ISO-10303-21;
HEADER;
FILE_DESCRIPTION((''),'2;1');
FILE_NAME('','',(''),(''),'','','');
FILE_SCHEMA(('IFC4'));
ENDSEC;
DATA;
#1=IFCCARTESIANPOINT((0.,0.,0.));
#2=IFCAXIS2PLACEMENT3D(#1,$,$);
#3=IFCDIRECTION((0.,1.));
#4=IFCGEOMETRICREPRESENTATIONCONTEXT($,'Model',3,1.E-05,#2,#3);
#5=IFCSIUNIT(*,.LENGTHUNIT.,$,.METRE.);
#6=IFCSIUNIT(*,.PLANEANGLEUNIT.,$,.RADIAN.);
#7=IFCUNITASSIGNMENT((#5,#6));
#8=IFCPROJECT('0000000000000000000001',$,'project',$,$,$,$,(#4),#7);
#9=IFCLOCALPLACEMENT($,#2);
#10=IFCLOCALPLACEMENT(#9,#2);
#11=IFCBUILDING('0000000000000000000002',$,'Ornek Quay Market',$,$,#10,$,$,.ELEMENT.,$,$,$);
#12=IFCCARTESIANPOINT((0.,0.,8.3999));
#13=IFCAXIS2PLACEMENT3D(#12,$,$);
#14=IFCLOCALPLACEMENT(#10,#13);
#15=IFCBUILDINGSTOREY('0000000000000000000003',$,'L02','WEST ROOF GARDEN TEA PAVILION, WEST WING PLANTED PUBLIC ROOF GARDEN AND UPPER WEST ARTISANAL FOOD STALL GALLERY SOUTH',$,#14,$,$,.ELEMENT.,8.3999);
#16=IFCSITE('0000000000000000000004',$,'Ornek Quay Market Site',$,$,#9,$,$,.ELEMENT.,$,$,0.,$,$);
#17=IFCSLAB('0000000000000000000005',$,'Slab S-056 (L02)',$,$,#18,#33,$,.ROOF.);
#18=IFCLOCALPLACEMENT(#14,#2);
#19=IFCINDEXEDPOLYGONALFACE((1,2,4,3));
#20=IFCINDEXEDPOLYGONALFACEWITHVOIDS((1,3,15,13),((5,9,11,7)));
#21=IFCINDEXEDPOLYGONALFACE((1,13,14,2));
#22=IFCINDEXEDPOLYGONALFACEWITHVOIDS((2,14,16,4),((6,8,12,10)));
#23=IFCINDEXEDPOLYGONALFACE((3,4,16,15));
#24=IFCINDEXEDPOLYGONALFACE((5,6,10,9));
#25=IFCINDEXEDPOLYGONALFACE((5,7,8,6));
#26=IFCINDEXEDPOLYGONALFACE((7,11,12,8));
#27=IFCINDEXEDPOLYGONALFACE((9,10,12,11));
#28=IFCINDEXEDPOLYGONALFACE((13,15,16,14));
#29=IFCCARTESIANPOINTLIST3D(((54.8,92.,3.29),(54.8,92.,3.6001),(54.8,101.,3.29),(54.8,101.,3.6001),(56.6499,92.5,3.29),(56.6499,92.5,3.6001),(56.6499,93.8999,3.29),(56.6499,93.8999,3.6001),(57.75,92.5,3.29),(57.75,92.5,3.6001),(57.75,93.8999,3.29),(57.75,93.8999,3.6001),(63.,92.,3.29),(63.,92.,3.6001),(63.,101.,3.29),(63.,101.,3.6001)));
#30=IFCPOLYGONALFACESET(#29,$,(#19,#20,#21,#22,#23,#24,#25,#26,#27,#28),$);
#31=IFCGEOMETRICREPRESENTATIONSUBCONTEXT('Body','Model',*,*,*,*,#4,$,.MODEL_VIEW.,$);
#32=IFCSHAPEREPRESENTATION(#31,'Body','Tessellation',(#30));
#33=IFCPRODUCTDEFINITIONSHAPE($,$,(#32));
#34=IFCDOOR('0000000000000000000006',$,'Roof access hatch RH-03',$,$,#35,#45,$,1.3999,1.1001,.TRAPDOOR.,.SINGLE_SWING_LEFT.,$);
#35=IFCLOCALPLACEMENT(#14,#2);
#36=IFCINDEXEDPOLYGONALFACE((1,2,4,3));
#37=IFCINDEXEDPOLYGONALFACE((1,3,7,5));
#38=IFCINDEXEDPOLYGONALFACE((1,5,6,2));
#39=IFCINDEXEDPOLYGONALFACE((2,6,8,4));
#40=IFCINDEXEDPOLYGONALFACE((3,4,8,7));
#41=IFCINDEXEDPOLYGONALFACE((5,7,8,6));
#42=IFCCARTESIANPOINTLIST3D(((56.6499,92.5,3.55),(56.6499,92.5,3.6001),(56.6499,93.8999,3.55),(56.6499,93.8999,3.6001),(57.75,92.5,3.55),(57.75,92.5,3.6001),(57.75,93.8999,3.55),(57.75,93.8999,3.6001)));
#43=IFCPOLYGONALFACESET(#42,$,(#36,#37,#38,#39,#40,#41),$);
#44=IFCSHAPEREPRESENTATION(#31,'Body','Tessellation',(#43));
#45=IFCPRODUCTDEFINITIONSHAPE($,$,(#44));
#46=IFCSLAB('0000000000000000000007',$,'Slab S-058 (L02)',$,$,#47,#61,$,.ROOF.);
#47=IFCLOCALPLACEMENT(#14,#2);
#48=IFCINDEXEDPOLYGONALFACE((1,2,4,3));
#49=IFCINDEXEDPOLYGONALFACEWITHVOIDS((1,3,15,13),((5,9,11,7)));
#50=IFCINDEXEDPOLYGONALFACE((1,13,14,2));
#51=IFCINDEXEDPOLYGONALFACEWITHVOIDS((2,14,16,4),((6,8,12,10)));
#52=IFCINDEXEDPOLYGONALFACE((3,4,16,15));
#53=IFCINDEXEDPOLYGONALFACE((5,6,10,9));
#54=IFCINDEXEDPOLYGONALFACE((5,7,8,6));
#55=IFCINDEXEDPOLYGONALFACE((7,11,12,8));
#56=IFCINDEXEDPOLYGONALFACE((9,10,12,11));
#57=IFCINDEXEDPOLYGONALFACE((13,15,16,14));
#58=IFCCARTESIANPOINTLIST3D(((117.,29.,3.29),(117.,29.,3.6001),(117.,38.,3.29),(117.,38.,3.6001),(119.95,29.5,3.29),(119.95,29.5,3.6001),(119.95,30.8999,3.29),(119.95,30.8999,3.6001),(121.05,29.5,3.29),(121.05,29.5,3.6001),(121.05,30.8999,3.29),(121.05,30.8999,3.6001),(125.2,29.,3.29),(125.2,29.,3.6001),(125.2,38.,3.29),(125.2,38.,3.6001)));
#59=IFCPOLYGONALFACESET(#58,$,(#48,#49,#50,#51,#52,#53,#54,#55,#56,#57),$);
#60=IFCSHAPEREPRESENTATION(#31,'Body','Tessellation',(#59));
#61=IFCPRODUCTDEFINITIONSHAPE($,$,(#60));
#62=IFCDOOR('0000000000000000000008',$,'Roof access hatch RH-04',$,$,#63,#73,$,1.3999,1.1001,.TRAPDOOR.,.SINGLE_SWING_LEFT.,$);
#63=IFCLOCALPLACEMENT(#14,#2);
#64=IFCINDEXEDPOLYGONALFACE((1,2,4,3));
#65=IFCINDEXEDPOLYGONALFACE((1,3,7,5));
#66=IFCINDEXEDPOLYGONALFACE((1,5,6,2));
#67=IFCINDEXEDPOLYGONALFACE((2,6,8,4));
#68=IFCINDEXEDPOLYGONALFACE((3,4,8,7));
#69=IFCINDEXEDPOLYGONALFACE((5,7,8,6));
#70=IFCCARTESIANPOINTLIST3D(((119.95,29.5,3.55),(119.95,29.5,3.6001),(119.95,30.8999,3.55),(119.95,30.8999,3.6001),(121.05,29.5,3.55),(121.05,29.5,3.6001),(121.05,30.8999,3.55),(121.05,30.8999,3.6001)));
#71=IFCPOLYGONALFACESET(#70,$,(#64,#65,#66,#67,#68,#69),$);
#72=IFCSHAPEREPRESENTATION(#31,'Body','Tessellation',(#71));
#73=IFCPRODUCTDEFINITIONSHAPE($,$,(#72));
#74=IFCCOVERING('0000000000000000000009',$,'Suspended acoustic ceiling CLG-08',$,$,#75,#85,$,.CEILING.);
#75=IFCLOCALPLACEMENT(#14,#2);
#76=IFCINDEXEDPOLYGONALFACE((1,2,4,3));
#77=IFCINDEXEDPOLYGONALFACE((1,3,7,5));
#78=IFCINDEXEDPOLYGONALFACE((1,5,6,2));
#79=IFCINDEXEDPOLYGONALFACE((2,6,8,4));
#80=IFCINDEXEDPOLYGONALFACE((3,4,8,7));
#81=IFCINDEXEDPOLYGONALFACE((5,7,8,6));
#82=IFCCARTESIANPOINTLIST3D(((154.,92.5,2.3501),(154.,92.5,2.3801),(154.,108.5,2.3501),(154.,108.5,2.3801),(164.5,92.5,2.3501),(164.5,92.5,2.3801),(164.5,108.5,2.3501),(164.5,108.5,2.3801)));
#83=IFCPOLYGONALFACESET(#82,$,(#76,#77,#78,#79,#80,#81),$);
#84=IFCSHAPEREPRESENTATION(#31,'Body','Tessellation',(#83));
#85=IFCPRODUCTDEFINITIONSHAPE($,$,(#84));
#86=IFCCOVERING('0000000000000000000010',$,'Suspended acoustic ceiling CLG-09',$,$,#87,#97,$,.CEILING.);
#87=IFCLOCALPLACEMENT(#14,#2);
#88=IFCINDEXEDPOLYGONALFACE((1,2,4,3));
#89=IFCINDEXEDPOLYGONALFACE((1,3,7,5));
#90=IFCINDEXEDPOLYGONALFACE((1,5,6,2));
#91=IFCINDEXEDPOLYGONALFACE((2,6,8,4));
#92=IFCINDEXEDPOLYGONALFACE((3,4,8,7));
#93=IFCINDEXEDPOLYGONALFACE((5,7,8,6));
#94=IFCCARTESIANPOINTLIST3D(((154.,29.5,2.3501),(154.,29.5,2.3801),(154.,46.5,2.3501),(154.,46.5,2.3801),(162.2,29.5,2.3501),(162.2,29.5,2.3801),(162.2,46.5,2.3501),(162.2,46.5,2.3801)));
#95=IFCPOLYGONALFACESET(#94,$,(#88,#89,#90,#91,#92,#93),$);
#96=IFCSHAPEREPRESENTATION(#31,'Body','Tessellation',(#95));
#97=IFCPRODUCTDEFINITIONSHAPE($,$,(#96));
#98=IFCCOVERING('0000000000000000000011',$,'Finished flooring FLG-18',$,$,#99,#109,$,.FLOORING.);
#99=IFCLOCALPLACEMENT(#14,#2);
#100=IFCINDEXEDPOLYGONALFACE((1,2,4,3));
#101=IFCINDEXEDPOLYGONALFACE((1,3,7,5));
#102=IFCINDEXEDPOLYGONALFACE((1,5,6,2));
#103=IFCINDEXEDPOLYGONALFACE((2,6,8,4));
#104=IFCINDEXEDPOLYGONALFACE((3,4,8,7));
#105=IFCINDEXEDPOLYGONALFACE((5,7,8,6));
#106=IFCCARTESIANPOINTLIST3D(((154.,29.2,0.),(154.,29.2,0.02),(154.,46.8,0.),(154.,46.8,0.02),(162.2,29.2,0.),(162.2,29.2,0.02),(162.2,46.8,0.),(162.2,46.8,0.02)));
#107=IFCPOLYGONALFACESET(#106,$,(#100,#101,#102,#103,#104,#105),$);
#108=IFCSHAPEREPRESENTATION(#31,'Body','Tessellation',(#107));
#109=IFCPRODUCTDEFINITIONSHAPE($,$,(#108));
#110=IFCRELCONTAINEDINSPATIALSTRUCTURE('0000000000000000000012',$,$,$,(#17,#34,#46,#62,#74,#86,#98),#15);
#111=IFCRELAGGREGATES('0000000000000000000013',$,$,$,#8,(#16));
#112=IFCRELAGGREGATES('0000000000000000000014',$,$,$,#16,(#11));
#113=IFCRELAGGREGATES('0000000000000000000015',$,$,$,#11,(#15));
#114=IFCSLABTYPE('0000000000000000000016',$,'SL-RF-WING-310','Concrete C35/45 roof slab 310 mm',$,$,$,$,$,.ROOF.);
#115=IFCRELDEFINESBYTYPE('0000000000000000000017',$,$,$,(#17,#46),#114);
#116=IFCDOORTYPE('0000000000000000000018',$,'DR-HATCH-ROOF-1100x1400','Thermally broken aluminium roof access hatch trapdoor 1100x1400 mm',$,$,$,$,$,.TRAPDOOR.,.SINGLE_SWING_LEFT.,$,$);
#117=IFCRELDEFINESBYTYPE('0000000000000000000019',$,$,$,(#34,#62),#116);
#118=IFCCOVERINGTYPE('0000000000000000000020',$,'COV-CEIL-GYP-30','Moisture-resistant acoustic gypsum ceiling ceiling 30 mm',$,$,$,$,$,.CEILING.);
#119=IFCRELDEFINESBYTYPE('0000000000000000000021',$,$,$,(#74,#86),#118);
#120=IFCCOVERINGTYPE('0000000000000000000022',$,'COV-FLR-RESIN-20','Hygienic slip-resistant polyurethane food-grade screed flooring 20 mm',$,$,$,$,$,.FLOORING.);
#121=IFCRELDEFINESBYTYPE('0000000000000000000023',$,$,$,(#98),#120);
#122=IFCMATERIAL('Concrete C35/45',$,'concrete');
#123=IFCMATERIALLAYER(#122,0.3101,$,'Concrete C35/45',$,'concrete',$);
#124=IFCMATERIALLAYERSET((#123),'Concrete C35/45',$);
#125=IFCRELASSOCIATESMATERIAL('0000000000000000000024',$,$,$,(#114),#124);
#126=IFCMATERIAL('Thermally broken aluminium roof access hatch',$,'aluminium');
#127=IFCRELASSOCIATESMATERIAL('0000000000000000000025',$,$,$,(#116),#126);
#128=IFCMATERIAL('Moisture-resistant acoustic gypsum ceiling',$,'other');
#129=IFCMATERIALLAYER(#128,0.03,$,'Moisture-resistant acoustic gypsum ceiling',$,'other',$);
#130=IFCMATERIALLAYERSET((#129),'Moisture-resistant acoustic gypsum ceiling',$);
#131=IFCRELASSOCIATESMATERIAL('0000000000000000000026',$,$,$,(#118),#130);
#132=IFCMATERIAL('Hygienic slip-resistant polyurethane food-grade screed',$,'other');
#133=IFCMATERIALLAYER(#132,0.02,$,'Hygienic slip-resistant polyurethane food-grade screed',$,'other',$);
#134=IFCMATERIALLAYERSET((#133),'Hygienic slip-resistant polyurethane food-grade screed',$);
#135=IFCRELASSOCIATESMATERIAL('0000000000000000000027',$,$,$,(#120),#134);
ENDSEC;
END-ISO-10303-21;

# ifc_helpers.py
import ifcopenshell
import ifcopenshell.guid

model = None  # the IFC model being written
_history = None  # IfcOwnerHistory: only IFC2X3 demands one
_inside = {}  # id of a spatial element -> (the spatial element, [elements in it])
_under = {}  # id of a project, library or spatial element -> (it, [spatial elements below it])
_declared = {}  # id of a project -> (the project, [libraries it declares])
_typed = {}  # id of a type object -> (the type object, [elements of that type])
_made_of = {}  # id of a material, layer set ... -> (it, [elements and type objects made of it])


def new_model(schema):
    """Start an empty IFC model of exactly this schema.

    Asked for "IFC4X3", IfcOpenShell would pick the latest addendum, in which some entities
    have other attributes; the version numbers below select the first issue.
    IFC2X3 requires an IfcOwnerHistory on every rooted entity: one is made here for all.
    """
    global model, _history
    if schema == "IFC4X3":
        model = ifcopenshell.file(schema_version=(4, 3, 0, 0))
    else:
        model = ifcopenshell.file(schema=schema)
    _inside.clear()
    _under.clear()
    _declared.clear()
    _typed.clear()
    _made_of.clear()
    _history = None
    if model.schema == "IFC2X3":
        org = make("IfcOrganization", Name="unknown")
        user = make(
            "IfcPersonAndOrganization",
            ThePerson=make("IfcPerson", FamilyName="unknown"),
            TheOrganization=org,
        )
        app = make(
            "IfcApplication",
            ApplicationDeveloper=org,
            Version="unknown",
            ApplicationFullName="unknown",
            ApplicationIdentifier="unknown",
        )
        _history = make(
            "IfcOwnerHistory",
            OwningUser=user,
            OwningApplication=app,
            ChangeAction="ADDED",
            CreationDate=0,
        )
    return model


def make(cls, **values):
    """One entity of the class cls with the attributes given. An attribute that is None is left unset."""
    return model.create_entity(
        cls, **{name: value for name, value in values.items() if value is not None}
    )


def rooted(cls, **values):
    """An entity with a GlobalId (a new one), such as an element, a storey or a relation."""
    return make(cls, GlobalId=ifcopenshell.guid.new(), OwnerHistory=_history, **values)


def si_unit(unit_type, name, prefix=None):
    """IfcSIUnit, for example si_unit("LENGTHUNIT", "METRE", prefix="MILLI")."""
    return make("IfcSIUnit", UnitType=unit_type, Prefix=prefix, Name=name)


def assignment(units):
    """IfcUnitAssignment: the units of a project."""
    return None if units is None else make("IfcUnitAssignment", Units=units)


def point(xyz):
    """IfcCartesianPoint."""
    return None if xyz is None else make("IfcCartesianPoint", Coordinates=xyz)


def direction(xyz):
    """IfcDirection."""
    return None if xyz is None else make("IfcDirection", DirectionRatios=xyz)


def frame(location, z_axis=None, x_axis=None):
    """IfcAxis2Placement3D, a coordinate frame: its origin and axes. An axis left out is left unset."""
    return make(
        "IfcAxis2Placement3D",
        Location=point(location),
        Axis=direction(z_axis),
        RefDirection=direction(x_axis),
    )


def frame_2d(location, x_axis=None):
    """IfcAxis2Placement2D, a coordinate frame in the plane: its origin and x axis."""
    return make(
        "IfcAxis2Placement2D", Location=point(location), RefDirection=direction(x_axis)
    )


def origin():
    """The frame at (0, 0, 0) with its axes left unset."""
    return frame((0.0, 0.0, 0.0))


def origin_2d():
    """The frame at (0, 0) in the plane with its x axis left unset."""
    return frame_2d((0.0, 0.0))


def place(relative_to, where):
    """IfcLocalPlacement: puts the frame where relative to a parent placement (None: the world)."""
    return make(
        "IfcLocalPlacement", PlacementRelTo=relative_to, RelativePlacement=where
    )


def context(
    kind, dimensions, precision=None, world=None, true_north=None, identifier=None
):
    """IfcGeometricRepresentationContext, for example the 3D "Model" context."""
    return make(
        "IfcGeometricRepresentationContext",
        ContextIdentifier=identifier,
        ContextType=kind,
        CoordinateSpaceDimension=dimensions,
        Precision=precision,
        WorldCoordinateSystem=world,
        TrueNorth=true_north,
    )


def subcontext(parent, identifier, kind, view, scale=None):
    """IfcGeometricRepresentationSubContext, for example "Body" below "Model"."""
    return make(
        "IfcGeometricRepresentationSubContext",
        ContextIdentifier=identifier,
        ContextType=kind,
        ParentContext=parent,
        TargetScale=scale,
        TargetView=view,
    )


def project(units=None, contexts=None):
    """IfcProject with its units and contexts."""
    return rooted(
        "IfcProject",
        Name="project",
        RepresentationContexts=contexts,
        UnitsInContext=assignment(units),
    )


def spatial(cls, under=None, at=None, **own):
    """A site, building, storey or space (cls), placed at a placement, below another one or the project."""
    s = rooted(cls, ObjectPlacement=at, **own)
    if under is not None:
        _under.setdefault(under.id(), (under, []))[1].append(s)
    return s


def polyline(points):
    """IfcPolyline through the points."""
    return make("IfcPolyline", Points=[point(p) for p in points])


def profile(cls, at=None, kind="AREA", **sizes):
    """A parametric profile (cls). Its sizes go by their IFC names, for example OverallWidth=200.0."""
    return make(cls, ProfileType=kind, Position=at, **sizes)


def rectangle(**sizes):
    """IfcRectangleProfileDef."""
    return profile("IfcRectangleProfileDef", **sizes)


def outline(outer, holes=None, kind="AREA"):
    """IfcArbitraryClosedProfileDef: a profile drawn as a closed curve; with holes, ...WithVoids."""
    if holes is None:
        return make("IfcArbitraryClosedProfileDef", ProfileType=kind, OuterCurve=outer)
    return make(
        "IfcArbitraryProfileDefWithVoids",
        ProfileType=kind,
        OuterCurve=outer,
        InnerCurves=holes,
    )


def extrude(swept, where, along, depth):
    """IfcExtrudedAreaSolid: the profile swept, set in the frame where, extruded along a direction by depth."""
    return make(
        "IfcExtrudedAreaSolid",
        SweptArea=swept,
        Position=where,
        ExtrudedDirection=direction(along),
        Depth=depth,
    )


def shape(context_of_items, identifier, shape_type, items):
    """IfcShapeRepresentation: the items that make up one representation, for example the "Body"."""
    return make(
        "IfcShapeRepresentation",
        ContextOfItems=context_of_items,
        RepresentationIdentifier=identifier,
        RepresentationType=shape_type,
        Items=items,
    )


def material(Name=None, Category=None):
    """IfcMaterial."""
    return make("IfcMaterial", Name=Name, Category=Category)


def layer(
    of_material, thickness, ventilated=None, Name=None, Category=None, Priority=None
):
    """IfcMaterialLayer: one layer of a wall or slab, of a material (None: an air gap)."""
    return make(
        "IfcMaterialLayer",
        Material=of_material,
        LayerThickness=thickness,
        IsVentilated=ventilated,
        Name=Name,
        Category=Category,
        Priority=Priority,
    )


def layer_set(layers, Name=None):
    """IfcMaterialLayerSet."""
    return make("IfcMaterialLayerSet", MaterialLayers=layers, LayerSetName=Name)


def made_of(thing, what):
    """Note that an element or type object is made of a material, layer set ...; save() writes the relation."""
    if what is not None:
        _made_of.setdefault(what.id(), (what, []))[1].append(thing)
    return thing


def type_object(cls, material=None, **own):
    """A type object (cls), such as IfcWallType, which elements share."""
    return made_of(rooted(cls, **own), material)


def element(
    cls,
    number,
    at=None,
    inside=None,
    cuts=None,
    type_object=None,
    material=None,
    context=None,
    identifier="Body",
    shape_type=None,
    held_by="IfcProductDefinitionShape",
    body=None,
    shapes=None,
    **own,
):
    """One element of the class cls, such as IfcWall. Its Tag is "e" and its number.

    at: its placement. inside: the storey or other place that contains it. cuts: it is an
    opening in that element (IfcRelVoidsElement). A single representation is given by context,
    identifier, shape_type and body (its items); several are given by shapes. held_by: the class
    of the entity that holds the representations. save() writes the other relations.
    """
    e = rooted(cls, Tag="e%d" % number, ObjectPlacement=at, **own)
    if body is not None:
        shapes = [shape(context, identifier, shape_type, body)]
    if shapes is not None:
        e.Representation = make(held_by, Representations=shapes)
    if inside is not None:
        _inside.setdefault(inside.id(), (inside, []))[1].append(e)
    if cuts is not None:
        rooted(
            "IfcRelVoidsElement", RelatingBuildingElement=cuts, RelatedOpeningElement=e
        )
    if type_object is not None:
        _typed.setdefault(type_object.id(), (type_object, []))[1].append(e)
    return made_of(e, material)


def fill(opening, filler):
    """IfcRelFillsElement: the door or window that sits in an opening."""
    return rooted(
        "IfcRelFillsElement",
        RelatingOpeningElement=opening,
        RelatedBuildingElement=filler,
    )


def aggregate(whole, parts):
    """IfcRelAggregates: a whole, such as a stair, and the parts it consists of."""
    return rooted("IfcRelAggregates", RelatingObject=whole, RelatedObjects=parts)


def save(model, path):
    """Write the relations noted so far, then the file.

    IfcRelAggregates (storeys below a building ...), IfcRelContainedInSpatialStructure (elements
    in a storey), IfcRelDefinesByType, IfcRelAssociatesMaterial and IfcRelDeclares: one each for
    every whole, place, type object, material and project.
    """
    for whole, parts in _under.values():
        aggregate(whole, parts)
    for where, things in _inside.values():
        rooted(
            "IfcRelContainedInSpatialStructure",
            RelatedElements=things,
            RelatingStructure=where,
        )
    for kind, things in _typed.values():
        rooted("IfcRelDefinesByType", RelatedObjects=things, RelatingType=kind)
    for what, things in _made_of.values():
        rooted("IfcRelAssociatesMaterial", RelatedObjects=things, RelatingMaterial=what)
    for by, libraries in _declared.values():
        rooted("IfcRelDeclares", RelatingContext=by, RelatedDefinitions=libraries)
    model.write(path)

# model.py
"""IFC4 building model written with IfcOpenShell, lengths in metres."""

from ifc_helpers import new_model, si_unit, direction, frame, origin, origin_2d, place, context, subcontext, project, spatial, polyline, rectangle, outline, extrude, material, layer, layer_set, type_object, element, fill, save


model = new_model("IFC4")

# Units and contexts
model_context = context("Model", 3, precision=1e-05, world=origin(), true_north=direction((0.0, 1.0)))
body_context = subcontext(model_context, "Body", "Model", "MODEL_VIEW")
ifc_project = project(units=[si_unit("LENGTHUNIT", "METRE"), si_unit("PLANEANGLEUNIT", "RADIAN")], contexts=[model_context])

# Site, building, storey
site_placement = place(None, origin())
site = spatial("IfcSite", under=ifc_project, at=site_placement, Name="Ornek Quay Market Site", CompositionType="ELEMENT", RefElevation=0.0)
building_placement = place(site_placement, origin())
building = spatial("IfcBuilding", under=site, at=building_placement, Name="Ornek Quay Market", CompositionType="ELEMENT")
storey_placement = place(building_placement, frame((0.0, 0.0, 8.3999)))
storey = spatial("IfcBuildingStorey", under=building, at=storey_placement, Name="L02", Description="WEST ROOF GARDEN TEA PAVILION, WEST WING PLANTED PUBLIC ROOF GARDEN AND UPPER WEST ARTISANAL FOOD STALL GALLERY SOUTH", CompositionType="ELEMENT", Elevation=8.3999)

# Shared definitions
ifc_material_1 = material(Name="Concrete C35/45", Category="concrete")

# Shared definitions
ifc_layer_1 = layer(ifc_material_1, 0.3101, Name="Concrete C35/45", Category="concrete")
ifc_layer_set_1 = layer_set([ifc_layer_1], Name="Concrete C35/45")
slab_type_1 = type_object("IfcSlabType", Name="SL-RF-WING-310", Description="Concrete C35/45 roof slab 310 mm", PredefinedType="ROOF", material=ifc_layer_set_1)
ifc_material_2 = material(Name="Thermally broken aluminium roof access hatch", Category="aluminium")
door_type = type_object("IfcDoorType", Name="DR-HATCH-ROOF-1100x1400", Description="Thermally broken aluminium roof access hatch trapdoor 1100x1400 mm", OperationType="SINGLE_SWING_LEFT", PredefinedType="TRAPDOOR", material=ifc_material_2)

# Slabs, openings, doors
slab_1_placement = place(storey_placement, frame((0.0, 0.0, 3.29)))
slab_1 = element("IfcSlab", 1, at=slab_1_placement, inside=storey, type_object=slab_type_1, Name="Slab S-056 (L02)", PredefinedType="ROOF", context=body_context, shape_type="SweptSolid", body=[
    extrude(outline(polyline([(54.8, 92.0), (63.0, 92.0), (63.0, 101.0), (54.8, 101.0), (54.8, 92.0)]), holes=[polyline([(56.6499, 92.5), (57.75, 92.5), (57.75, 93.8999), (56.6499, 93.8999), (56.6499, 92.5)])]), origin(), (0.0, 0.0, 1.0), 0.3101),
])
opening_1_placement = place(slab_1_placement, frame((57.2, 93.2, -0.01)))
opening_1 = element("IfcOpeningElement", 2, at=opening_1_placement, cuts=slab_1, PredefinedType="OPENING", context=body_context, shape_type="SweptSolid", body=[
    extrude(rectangle(XDim=1.1001, YDim=1.3999, at=origin_2d()), origin(), (0.0, 0.0, 1.0), 0.3301),
])
door_1_placement = place(opening_1_placement, frame((0.0, 0.0, 0.27)))
door_1 = element("IfcDoor", 3, at=door_1_placement, inside=storey, type_object=door_type, Name="Roof access hatch RH-03", OperationType="SINGLE_SWING_LEFT", OverallHeight=1.3999, OverallWidth=1.1001, PredefinedType="TRAPDOOR", context=body_context, shape_type="SweptSolid", body=[
    extrude(rectangle(XDim=1.1001, YDim=1.3999, at=origin_2d()), origin(), (0.0, 0.0, 1.0), 0.05),
])
fill(opening_1, door_1)
slab_2_placement = place(storey_placement, frame((0.0, 0.0, 3.29)))
slab_2 = element("IfcSlab", 4, at=slab_2_placement, inside=storey, type_object=slab_type_1, Name="Slab S-058 (L02)", PredefinedType="ROOF", context=body_context, shape_type="SweptSolid", body=[
    extrude(outline(polyline([(117.0, 29.0), (125.2, 29.0), (125.2, 38.0), (117.0, 38.0), (117.0, 29.0)]), holes=[polyline([(119.95, 29.5), (121.05, 29.5), (121.05, 30.8999), (119.95, 30.8999), (119.95, 29.5)])]), origin(), (0.0, 0.0, 1.0), 0.3101),
])
opening_2_placement = place(slab_2_placement, frame((120.5, 30.2, -0.01)))
opening_2 = element("IfcOpeningElement", 5, at=opening_2_placement, cuts=slab_2, PredefinedType="OPENING", context=body_context, shape_type="SweptSolid", body=[
    extrude(rectangle(XDim=1.1001, YDim=1.3999, at=origin_2d()), origin(), (0.0, 0.0, 1.0), 0.3301),
])
door_2_placement = place(opening_2_placement, frame((0.0, 0.0, 0.27)))
door_2 = element("IfcDoor", 6, at=door_2_placement, inside=storey, type_object=door_type, Name="Roof access hatch RH-04", OperationType="SINGLE_SWING_LEFT", OverallHeight=1.3999, OverallWidth=1.1001, PredefinedType="TRAPDOOR", context=body_context, shape_type="SweptSolid", body=[
    extrude(rectangle(XDim=1.1001, YDim=1.3999, at=origin_2d()), origin(), (0.0, 0.0, 1.0), 0.05),
])
fill(opening_2, door_2)

# Coverings
ifc_material_3 = material(Name="Moisture-resistant acoustic gypsum ceiling", Category="other")
ifc_layer_2 = layer(ifc_material_3, 0.03, Name="Moisture-resistant acoustic gypsum ceiling", Category="other")
ifc_layer_set_2 = layer_set([ifc_layer_2], Name="Moisture-resistant acoustic gypsum ceiling")
covering_type_1 = type_object("IfcCoveringType", Name="COV-CEIL-GYP-30", Description="Moisture-resistant acoustic gypsum ceiling ceiling 30 mm", PredefinedType="CEILING", material=ifc_layer_set_2)
covering_1_placement = place(storey_placement, frame((0.0, 0.0, 2.3501)))
element("IfcCovering", 7, at=covering_1_placement, inside=storey, type_object=covering_type_1, Name="Suspended acoustic ceiling CLG-08", PredefinedType="CEILING", context=body_context, shape_type="SweptSolid", body=[
    extrude(outline(polyline([(154.0, 92.5), (164.5, 92.5), (164.5, 108.5), (154.0, 108.5), (154.0, 92.5)])), origin(), (0.0, 0.0, 1.0), 0.03),
])
covering_2_placement = place(storey_placement, frame((0.0, 0.0, 2.3501)))
element("IfcCovering", 8, at=covering_2_placement, inside=storey, type_object=covering_type_1, Name="Suspended acoustic ceiling CLG-09", PredefinedType="CEILING", context=body_context, shape_type="SweptSolid", body=[
    extrude(outline(polyline([(154.0, 29.5), (162.2, 29.5), (162.2, 46.5), (154.0, 46.5), (154.0, 29.5)])), origin(), (0.0, 0.0, 1.0), 0.03),
])
ifc_material_4 = material(Name="Hygienic slip-resistant polyurethane food-grade screed", Category="other")
ifc_layer_3 = layer(ifc_material_4, 0.02, Name="Hygienic slip-resistant polyurethane food-grade screed", Category="other")
ifc_layer_set_3 = layer_set([ifc_layer_3], Name="Hygienic slip-resistant polyurethane food-grade screed")
covering_type_2 = type_object("IfcCoveringType", Name="COV-FLR-RESIN-20", Description="Hygienic slip-resistant polyurethane food-grade screed flooring 20 mm", PredefinedType="FLOORING", material=ifc_layer_set_3)
covering_3_placement = place(storey_placement, origin())
element("IfcCovering", 9, at=covering_3_placement, inside=storey, type_object=covering_type_2, Name="Finished flooring FLG-18", PredefinedType="FLOORING", context=body_context, shape_type="SweptSolid", body=[
    extrude(outline(polyline([(154.0, 29.2), (162.2, 29.2), (162.2, 46.8), (154.0, 46.8), (154.0, 29.2)])), origin(), (0.0, 0.0, 1.0), 0.02),
])

save(model, "model.ifc")
